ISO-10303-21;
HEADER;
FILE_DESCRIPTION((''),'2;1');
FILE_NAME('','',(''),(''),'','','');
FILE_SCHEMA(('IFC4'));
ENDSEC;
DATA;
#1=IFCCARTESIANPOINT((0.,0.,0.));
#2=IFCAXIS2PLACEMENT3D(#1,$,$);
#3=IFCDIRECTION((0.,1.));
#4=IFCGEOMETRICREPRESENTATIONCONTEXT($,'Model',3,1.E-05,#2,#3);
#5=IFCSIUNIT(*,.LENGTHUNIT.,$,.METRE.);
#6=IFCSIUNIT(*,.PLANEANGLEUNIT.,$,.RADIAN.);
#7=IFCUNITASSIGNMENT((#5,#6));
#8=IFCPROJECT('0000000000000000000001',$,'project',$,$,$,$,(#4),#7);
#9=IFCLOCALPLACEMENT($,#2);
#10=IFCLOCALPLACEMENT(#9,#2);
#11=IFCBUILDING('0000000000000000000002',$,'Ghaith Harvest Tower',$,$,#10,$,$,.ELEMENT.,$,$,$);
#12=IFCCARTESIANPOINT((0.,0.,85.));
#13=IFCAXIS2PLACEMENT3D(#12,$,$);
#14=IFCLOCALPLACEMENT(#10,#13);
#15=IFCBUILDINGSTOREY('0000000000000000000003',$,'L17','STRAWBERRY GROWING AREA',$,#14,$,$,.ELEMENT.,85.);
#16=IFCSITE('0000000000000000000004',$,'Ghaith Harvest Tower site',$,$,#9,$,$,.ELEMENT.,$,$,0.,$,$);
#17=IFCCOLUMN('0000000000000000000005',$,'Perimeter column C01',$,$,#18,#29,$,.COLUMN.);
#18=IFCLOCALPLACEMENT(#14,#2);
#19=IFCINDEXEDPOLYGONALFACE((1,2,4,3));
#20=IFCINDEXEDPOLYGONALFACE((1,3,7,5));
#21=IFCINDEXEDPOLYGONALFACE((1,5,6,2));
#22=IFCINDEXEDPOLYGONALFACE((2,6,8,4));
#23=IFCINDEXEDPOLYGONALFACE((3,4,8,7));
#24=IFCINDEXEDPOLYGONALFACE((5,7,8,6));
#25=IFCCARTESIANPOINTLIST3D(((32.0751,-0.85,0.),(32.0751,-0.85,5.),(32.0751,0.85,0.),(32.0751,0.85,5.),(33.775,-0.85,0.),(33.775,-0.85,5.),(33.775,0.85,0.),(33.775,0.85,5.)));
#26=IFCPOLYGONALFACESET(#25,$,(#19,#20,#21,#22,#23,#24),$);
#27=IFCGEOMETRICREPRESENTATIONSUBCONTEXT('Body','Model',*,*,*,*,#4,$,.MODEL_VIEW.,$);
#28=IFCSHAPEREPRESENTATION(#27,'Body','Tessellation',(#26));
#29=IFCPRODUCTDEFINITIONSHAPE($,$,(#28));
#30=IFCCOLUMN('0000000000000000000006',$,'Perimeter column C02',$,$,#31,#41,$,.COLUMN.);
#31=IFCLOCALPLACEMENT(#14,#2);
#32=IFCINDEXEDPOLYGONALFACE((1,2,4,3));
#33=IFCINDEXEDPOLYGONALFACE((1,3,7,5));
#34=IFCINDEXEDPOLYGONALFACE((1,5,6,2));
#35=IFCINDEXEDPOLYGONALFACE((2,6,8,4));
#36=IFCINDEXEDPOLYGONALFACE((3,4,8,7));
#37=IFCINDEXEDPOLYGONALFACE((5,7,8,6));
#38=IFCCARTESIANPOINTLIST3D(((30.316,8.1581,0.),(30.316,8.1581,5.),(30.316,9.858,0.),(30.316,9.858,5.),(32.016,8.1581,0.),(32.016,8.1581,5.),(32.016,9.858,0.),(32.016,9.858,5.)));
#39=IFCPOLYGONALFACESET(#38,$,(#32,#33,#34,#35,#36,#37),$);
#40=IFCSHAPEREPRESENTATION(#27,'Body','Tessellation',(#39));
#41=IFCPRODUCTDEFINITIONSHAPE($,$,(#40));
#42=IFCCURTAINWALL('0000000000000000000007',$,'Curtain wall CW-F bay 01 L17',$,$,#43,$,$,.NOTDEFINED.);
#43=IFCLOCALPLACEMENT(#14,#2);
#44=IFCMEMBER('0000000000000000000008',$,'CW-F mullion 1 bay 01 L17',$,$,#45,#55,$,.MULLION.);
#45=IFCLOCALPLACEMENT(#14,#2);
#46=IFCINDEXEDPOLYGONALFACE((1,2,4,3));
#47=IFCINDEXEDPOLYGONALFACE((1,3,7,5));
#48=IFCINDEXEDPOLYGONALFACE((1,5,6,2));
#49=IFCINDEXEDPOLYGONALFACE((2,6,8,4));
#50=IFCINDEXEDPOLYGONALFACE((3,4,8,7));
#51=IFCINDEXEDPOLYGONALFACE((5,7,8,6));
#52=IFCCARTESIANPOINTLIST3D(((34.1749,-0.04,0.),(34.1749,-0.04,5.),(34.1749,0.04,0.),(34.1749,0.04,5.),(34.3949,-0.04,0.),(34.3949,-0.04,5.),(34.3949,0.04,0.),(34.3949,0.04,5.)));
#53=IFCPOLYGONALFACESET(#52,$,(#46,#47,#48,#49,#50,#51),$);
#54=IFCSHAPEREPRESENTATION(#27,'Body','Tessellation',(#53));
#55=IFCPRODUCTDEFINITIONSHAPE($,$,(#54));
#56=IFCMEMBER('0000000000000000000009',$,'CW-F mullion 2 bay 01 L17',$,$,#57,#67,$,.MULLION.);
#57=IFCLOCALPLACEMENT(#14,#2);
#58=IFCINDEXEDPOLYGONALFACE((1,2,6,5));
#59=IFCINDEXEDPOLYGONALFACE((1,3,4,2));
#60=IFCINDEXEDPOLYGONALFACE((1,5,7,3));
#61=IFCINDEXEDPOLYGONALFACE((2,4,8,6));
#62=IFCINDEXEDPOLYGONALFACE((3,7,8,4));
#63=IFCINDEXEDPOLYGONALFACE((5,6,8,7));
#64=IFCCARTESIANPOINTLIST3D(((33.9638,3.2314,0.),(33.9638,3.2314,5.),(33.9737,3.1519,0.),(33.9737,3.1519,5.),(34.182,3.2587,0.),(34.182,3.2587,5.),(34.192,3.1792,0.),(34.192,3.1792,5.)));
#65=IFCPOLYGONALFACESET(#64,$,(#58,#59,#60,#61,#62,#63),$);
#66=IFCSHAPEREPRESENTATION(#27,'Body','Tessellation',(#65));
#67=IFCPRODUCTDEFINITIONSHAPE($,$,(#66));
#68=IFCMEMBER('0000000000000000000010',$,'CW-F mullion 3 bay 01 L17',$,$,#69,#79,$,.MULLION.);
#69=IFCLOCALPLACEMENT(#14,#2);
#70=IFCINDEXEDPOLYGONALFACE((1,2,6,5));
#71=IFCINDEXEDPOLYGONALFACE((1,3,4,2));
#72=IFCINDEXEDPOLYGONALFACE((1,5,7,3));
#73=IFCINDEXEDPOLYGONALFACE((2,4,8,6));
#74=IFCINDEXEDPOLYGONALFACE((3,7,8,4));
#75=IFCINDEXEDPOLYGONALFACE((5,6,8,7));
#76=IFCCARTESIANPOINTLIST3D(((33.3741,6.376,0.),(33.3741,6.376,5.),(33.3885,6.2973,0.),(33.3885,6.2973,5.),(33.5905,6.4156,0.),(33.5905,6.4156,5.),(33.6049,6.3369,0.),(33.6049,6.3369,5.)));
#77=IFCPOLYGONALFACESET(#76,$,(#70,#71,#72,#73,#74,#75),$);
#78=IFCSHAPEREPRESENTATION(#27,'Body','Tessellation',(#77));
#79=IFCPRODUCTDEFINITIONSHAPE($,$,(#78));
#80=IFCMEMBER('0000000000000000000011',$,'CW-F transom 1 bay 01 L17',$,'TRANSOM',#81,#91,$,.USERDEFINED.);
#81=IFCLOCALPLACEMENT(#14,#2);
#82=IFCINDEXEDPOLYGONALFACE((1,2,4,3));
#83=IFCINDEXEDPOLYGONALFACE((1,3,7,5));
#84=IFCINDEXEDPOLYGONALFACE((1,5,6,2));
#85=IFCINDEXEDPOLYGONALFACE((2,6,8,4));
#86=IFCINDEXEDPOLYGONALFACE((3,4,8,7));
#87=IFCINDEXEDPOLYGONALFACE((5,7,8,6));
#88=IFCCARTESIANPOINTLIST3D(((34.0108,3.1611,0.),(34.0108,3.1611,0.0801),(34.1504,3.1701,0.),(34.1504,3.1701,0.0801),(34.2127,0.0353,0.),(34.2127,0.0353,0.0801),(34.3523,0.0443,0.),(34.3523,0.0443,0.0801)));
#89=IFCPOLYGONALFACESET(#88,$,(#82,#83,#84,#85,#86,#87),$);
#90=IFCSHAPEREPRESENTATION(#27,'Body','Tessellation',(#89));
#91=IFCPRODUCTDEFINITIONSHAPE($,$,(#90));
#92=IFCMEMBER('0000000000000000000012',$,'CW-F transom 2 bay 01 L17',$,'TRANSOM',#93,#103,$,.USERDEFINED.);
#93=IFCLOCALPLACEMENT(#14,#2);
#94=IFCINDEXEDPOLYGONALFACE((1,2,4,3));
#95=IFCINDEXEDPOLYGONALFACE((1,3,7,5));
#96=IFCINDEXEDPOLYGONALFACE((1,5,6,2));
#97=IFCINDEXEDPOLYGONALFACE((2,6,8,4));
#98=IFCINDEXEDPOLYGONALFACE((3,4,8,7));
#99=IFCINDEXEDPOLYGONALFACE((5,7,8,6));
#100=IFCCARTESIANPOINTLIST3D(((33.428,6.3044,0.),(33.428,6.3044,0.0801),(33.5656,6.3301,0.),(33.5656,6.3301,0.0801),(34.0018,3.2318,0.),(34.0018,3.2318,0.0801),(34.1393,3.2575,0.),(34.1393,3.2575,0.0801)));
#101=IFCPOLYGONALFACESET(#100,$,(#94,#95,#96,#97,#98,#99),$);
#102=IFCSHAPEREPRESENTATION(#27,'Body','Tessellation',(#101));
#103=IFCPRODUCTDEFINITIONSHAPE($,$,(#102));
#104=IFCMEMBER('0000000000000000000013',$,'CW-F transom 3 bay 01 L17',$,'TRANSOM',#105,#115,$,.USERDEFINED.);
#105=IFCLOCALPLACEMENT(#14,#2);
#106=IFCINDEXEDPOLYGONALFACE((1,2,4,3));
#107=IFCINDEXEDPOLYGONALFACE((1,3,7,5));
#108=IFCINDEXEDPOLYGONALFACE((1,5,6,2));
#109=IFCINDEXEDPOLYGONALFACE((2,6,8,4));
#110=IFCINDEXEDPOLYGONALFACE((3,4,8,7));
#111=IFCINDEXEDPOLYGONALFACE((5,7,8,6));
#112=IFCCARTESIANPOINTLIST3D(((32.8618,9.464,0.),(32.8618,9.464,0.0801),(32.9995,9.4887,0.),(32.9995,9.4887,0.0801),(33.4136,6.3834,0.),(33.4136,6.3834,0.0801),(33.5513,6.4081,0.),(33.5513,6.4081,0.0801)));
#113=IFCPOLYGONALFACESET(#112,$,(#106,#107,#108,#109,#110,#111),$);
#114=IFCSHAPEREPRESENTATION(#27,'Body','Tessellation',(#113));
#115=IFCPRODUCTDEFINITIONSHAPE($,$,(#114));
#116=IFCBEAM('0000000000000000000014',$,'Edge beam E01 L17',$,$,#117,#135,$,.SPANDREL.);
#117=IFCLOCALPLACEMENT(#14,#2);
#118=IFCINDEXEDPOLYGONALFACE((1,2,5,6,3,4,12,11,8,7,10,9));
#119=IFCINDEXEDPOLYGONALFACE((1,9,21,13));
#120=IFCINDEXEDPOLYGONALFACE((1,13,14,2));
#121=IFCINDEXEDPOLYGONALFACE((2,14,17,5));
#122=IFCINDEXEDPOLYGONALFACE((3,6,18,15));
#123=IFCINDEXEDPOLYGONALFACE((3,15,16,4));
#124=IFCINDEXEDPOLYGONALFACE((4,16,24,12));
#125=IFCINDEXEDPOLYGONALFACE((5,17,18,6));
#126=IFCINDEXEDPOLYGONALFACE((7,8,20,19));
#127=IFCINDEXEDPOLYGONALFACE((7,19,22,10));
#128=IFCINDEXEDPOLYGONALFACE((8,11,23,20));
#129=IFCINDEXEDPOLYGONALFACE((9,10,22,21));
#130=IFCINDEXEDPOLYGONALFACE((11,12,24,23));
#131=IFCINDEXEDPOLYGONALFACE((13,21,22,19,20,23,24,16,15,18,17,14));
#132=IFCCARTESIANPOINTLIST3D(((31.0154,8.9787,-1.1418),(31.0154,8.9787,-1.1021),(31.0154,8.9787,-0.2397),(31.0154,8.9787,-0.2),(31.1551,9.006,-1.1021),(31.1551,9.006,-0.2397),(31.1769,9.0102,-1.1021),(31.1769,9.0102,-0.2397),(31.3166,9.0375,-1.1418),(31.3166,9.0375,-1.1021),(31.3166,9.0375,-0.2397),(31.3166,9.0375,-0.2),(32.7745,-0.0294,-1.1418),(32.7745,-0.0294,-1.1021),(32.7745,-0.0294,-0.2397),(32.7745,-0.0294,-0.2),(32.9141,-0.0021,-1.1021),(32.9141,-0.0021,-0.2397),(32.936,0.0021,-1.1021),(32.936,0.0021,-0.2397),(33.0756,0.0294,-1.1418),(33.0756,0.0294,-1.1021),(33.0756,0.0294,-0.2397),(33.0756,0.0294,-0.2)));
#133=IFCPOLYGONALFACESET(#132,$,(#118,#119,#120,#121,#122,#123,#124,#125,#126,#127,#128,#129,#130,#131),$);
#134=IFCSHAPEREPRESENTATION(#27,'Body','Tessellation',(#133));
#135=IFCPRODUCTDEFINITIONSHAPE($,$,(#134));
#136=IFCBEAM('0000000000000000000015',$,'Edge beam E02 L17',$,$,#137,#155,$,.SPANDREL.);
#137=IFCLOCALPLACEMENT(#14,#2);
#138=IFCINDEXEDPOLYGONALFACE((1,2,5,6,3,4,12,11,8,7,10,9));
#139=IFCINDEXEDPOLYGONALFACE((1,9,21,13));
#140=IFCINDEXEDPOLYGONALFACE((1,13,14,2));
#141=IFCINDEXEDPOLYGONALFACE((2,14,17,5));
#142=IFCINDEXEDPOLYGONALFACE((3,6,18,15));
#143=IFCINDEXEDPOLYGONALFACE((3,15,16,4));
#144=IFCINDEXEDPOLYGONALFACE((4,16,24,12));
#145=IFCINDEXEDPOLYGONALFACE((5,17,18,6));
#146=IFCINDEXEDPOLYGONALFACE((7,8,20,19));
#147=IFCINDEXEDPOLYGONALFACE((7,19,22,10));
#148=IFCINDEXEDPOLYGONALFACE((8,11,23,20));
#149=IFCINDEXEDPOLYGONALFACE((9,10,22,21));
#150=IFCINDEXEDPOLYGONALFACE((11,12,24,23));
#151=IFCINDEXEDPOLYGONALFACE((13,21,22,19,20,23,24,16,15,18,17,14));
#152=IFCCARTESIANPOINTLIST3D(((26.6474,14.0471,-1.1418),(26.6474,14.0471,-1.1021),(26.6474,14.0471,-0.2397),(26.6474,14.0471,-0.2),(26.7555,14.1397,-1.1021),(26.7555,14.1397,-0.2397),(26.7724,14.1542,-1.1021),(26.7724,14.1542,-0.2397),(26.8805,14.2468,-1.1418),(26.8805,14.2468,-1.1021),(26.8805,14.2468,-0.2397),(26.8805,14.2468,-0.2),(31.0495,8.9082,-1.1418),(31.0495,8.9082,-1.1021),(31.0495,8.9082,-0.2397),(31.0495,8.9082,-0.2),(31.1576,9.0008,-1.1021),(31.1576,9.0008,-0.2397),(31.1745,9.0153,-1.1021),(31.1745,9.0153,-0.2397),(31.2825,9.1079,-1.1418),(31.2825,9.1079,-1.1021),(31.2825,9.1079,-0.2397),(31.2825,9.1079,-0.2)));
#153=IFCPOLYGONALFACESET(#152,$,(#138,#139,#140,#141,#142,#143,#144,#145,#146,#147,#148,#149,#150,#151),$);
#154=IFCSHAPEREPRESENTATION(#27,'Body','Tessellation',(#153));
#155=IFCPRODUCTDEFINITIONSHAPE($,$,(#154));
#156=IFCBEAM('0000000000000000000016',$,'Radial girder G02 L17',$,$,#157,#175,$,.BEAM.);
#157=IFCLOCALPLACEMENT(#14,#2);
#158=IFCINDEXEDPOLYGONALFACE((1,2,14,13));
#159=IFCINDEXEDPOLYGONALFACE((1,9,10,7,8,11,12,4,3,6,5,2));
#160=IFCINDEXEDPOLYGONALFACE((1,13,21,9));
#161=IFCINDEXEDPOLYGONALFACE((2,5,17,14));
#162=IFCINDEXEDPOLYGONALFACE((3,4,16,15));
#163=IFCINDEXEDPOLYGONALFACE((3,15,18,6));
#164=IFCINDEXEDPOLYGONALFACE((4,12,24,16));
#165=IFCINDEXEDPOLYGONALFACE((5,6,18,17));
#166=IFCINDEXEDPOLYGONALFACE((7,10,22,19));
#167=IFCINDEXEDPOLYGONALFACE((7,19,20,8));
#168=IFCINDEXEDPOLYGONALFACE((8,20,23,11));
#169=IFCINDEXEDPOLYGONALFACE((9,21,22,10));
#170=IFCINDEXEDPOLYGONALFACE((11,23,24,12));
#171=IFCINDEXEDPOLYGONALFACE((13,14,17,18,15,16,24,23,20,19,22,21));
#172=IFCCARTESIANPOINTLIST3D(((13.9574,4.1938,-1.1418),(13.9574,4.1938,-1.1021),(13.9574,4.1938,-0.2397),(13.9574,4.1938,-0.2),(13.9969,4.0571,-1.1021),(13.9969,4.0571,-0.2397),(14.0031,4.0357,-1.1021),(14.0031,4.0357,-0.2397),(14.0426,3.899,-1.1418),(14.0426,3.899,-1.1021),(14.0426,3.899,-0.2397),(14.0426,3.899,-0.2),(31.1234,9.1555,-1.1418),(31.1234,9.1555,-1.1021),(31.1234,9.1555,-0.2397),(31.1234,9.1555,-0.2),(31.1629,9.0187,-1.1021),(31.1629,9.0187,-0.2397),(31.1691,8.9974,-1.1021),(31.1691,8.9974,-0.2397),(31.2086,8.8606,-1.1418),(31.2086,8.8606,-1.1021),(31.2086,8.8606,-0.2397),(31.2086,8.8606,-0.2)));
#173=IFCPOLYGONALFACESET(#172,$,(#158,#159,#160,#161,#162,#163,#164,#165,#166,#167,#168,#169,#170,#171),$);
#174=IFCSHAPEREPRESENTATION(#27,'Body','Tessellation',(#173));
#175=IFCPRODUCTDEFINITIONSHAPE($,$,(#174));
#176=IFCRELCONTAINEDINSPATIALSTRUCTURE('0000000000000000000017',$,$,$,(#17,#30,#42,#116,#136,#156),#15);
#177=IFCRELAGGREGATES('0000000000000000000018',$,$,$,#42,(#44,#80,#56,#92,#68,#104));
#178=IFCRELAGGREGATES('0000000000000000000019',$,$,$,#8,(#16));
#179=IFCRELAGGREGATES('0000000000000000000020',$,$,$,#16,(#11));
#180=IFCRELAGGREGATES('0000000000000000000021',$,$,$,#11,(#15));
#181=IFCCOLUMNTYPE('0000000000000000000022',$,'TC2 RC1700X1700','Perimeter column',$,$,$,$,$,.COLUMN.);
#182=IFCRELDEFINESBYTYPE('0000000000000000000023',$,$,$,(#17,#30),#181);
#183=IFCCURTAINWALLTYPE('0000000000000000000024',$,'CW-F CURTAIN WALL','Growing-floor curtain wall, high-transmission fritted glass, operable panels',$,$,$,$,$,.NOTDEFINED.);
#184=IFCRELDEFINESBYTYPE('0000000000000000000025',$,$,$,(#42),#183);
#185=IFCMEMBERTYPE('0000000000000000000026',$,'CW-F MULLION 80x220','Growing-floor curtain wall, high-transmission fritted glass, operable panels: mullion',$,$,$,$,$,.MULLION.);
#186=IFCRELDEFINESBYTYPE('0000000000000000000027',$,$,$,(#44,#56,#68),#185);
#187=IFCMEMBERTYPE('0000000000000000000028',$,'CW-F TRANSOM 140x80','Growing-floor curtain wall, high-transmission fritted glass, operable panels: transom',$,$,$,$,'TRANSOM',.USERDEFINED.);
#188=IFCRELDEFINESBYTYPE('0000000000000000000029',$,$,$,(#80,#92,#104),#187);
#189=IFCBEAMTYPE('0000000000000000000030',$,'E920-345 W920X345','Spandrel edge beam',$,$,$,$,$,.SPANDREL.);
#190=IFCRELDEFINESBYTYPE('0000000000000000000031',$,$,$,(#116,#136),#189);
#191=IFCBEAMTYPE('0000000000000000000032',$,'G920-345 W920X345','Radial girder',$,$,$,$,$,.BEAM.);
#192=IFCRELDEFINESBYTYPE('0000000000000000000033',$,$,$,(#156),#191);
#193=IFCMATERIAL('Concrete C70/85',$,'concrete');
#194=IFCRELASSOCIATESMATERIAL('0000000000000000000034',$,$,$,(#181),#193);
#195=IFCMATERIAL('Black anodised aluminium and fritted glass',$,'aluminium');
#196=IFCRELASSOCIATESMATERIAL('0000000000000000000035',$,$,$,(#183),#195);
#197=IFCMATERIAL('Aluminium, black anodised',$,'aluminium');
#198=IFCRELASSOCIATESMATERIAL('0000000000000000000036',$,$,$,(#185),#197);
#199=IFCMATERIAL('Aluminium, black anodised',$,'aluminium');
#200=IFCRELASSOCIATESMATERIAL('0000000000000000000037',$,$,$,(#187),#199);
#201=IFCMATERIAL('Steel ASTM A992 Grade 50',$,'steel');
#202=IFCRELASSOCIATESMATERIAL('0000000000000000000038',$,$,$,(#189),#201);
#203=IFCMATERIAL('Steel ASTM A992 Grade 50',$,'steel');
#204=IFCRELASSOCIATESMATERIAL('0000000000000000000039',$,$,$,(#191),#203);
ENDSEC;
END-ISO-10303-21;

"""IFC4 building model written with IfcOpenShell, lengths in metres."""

from ifc_helpers import new_model, si_unit, direction, frame, origin, origin_2d, place, context, subcontext, project, spatial, rectangle, i_section, extrude, material, material_profile, profile_set, type_object, element, aggregate, save


model = new_model("IFC4")

# Units and contexts
model_context = context("Model", 3, precision=1e-05, world=origin(), true_north=direction((0.0, 1.0)))
body_context = subcontext(model_context, "Body", "Model", "MODEL_VIEW")
ifc_project = project(units=[si_unit("LENGTHUNIT", "METRE"), si_unit("PLANEANGLEUNIT", "RADIAN")], contexts=[model_context])

# Site, building, storey
site_placement = place(None, origin())
site = spatial("IfcSite", under=ifc_project, at=site_placement, Name="Ghaith Harvest Tower site", CompositionType="ELEMENT", RefElevation=0.0)
building_placement = place(site_placement, origin())
building = spatial("IfcBuilding", under=site, at=building_placement, Name="Ghaith Harvest Tower", CompositionType="ELEMENT")
storey_placement = place(building_placement, frame((0.0, 0.0, 85.0)))
storey = spatial("IfcBuildingStorey", under=building, at=storey_placement, Name="L17", Description="STRAWBERRY GROWING AREA", CompositionType="ELEMENT", Elevation=85.0)

# Columns
ifc_material_1 = material(Name="Concrete C70/85", Category="concrete")
ifc_material_profile_1 = material_profile(ifc_material_1, rectangle(XDim=1.7, YDim=1.7, at=origin_2d()), Name="RC1700X1700")
ifc_profile_set_1 = profile_set([ifc_material_profile_1], Name="Concrete C70/85")
column_type = type_object("IfcColumnType", Name="TC2 RC1700X1700", Description="Perimeter column", PredefinedType="COLUMN", material=ifc_profile_set_1)
for number, where, z_axis, x_axis, name in (
    (1, (32.925, 0.0, 0.0), (0.0, 0.0, 1.0), (1.0, 0.0, 0.0), "Perimeter column C01"),
    (2, (31.166, 9.0081, 0.0), (0.0, 0.0, 1.0), (1.0, 0.0, 0.0), "Perimeter column C02"),
):
    element("IfcColumn", number, at=place(storey_placement, frame(where, z_axis=z_axis, x_axis=x_axis)), inside=storey, type_object=column_type, Name=name, PredefinedType="COLUMN", context=body_context, shape_type="SweptSolid", body=[
        extrude(rectangle(XDim=1.7, YDim=1.7, at=origin_2d()), origin(), (0.0, 0.0, 1.0), 5.0),
    ])

# Curtain wall, members
ifc_material_2 = material(Name="Black anodised aluminium and fritted glass", Category="aluminium")
curtain_wall_type = type_object("IfcCurtainWallType", Name="CW-F CURTAIN WALL", Description="Growing-floor curtain wall, high-transmission fritted glass, operable panels", PredefinedType="NOTDEFINED", material=ifc_material_2)
curtain_wall_placement = place(storey_placement, origin())
curtain_wall = element("IfcCurtainWall", 3, at=curtain_wall_placement, inside=storey, type_object=curtain_wall_type, Name="Curtain wall CW-F bay 01 L17", PredefinedType="NOTDEFINED")
ifc_material_3 = material(Name="Aluminium, black anodised", Category="aluminium")
ifc_material_profile_2 = material_profile(ifc_material_3, rectangle(XDim=0.0801, YDim=0.22, at=origin_2d()), Name="CW-F MULLION 80x220")
ifc_profile_set_2 = profile_set([ifc_material_profile_2], Name="Aluminium, black anodised")
member_type_1 = type_object("IfcMemberType", Name="CW-F MULLION 80x220", Description="Growing-floor curtain wall, high-transmission fritted glass, operable panels: mullion", PredefinedType="MULLION", material=ifc_profile_set_2)
member_1_placement = place(storey_placement, frame((34.2849, 0.0, 0.0), z_axis=(0.0, 0.0, 1.0), x_axis=(0.0, 1.0, 0.0)))
member_1 = element("IfcMember", 4, at=member_1_placement, type_object=member_type_1, Name="CW-F mullion 1 bay 01 L17", PredefinedType="MULLION", context=body_context, shape_type="SweptSolid", body=[
    extrude(rectangle(XDim=0.0801, YDim=0.22, at=origin_2d()), origin(), (0.0, 0.0, 1.0), 5.0),
])
member_2_placement = place(storey_placement, frame((34.0779, 3.2053, 0.0), z_axis=(0.0, 0.0, 1.0), x_axis=(-0.12417, 0.992261, 0.0)))
member_2 = element("IfcMember", 5, at=member_2_placement, type_object=member_type_1, Name="CW-F mullion 2 bay 01 L17", PredefinedType="MULLION", context=body_context, shape_type="SweptSolid", body=[
    extrude(rectangle(XDim=0.0801, YDim=0.22, at=origin_2d()), origin(), (0.0, 0.0, 1.0), 5.0),
])
member_3_placement = place(storey_placement, frame((33.4895, 6.3564, 0.0), z_axis=(0.0, 0.0, 1.0), x_axis=(-0.179943, 0.983677, 0.0)))
member_3 = element("IfcMember", 6, at=member_3_placement, type_object=member_type_1, Name="CW-F mullion 3 bay 01 L17", PredefinedType="MULLION", context=body_context, shape_type="SweptSolid", body=[
    extrude(rectangle(XDim=0.0801, YDim=0.22, at=origin_2d()), origin(), (0.0, 0.0, 1.0), 5.0),
])
ifc_material_4 = material(Name="Aluminium, black anodised", Category="aluminium")
ifc_material_profile_3 = material_profile(ifc_material_4, rectangle(XDim=0.1399, YDim=0.0801, at=origin_2d()), Name="CW-F TRANSOM 140x80")
ifc_profile_set_3 = profile_set([ifc_material_profile_3], Name="Aluminium, black anodised")
member_type_2 = type_object("IfcMemberType", Name="CW-F TRANSOM 140x80", Description="Growing-floor curtain wall, high-transmission fritted glass, operable panels: transom", ElementType="TRANSOM", PredefinedType="USERDEFINED", material=ifc_profile_set_3)
member_4_placement = place(storey_placement, frame((34.2825, 0.0398, 0.04), z_axis=(-0.06446, 0.99792, 0.0), x_axis=(-0.99792, -0.06446, 0.0)))
member_4 = element("IfcMember", 7, at=member_4_placement, type_object=member_type_2, Name="CW-F transom 1 bay 01 L17", ObjectType="TRANSOM", PredefinedType="USERDEFINED", context=body_context, shape_type="SweptSolid", body=[
    extrude(rectangle(XDim=0.1399, YDim=0.0801, at=origin_2d()), origin(), (0.0, 0.0, 1.0), 3.1323),
])
member_5_placement = place(storey_placement, frame((34.0706, 3.2446, 0.04), z_axis=(-0.183557, 0.983009, 0.0), x_axis=(-0.983009, -0.183557, 0.0)))
member_5 = element("IfcMember", 8, at=member_5_placement, type_object=member_type_2, Name="CW-F transom 2 bay 01 L17", ObjectType="TRANSOM", PredefinedType="USERDEFINED", context=body_context, shape_type="SweptSolid", body=[
    extrude(rectangle(XDim=0.1399, YDim=0.0801, at=origin_2d()), origin(), (0.0, 0.0, 1.0), 3.1257),
])
member_6_placement = place(storey_placement, frame((33.4824, 6.3958, 0.04), z_axis=(-0.176304, 0.984336, 0.0), x_axis=(-0.984336, -0.176304, 0.0)))
member_6 = element("IfcMember", 9, at=member_6_placement, type_object=member_type_2, Name="CW-F transom 3 bay 01 L17", ObjectType="TRANSOM", PredefinedType="USERDEFINED", context=body_context, shape_type="SweptSolid", body=[
    extrude(rectangle(XDim=0.1399, YDim=0.0801, at=origin_2d()), origin(), (0.0, 0.0, 1.0), 3.1296),
])

# Beams
ifc_material_5 = material(Name="Steel ASTM A992 Grade 50", Category="steel")
ifc_material_profile_4 = material_profile(ifc_material_5, i_section(OverallWidth=0.3069, OverallDepth=0.9419, WebThickness=0.0222, FlangeThickness=0.0398, at=origin_2d()), Name="W920X345")
ifc_profile_set_4 = profile_set([ifc_material_profile_4], Name="Steel ASTM A992 Grade 50")
beam_type_1 = type_object("IfcBeamType", Name="E920-345 W920X345", Description="Spandrel edge beam", PredefinedType="SPANDREL", material=ifc_profile_set_4)
beam_1_placement = place(storey_placement, frame((32.925, 0.0, -0.6709), z_axis=(-0.191653, 0.981463, 0.0), x_axis=(-0.981463, -0.191653, 0.0)))
element("IfcBeam", 10, at=beam_1_placement, inside=storey, type_object=beam_type_1, Name="Edge beam E01 L17", PredefinedType="SPANDREL", context=body_context, shape_type="SweptSolid", body=[
    extrude(i_section(OverallWidth=0.3069, OverallDepth=0.9419, WebThickness=0.0222, FlangeThickness=0.0398, at=origin_2d()), origin(), (0.0, 0.0, 1.0), 9.1782),
])
beam_2_placement = place(storey_placement, frame((31.166, 9.0081, -0.6709), z_axis=(-0.650563, 0.759453, 0.0), x_axis=(-0.759453, -0.650563, 0.0)))
element("IfcBeam", 11, at=beam_2_placement, inside=storey, type_object=beam_type_1, Name="Edge beam E02 L17", PredefinedType="SPANDREL", context=body_context, shape_type="SweptSolid", body=[
    extrude(i_section(OverallWidth=0.3069, OverallDepth=0.9419, WebThickness=0.0222, FlangeThickness=0.0398, at=origin_2d()), origin(), (0.0, 0.0, 1.0), 6.7666),
])
ifc_material_6 = material(Name="Steel ASTM A992 Grade 50", Category="steel")
ifc_material_profile_5 = material_profile(ifc_material_6, i_section(OverallWidth=0.3069, OverallDepth=0.9419, WebThickness=0.0222, FlangeThickness=0.0398, at=origin_2d()), Name="W920X345")
ifc_profile_set_5 = profile_set([ifc_material_profile_5], Name="Steel ASTM A992 Grade 50")
beam_type_2 = type_object("IfcBeamType", Name="G920-345 W920X345", Description="Radial girder", PredefinedType="BEAM", material=ifc_profile_set_5)
beam_3_placement = place(storey_placement, frame((14.0, 4.0464, -0.6709), z_axis=(0.960675, 0.277674, 0.0), x_axis=(-0.277674, 0.960675, 0.0)))
element("IfcBeam", 12, at=beam_3_placement, inside=storey, type_object=beam_type_2, Name="Radial girder G02 L17", PredefinedType="BEAM", context=body_context, shape_type="SweptSolid", body=[
    extrude(i_section(OverallWidth=0.3069, OverallDepth=0.9419, WebThickness=0.0222, FlangeThickness=0.0398, at=origin_2d()), origin(), (0.0, 0.0, 1.0), 17.8687),
])

aggregate(curtain_wall, [member_1, member_4, member_2, member_5, member_3, member_6])

save(model, "model.ifc")
